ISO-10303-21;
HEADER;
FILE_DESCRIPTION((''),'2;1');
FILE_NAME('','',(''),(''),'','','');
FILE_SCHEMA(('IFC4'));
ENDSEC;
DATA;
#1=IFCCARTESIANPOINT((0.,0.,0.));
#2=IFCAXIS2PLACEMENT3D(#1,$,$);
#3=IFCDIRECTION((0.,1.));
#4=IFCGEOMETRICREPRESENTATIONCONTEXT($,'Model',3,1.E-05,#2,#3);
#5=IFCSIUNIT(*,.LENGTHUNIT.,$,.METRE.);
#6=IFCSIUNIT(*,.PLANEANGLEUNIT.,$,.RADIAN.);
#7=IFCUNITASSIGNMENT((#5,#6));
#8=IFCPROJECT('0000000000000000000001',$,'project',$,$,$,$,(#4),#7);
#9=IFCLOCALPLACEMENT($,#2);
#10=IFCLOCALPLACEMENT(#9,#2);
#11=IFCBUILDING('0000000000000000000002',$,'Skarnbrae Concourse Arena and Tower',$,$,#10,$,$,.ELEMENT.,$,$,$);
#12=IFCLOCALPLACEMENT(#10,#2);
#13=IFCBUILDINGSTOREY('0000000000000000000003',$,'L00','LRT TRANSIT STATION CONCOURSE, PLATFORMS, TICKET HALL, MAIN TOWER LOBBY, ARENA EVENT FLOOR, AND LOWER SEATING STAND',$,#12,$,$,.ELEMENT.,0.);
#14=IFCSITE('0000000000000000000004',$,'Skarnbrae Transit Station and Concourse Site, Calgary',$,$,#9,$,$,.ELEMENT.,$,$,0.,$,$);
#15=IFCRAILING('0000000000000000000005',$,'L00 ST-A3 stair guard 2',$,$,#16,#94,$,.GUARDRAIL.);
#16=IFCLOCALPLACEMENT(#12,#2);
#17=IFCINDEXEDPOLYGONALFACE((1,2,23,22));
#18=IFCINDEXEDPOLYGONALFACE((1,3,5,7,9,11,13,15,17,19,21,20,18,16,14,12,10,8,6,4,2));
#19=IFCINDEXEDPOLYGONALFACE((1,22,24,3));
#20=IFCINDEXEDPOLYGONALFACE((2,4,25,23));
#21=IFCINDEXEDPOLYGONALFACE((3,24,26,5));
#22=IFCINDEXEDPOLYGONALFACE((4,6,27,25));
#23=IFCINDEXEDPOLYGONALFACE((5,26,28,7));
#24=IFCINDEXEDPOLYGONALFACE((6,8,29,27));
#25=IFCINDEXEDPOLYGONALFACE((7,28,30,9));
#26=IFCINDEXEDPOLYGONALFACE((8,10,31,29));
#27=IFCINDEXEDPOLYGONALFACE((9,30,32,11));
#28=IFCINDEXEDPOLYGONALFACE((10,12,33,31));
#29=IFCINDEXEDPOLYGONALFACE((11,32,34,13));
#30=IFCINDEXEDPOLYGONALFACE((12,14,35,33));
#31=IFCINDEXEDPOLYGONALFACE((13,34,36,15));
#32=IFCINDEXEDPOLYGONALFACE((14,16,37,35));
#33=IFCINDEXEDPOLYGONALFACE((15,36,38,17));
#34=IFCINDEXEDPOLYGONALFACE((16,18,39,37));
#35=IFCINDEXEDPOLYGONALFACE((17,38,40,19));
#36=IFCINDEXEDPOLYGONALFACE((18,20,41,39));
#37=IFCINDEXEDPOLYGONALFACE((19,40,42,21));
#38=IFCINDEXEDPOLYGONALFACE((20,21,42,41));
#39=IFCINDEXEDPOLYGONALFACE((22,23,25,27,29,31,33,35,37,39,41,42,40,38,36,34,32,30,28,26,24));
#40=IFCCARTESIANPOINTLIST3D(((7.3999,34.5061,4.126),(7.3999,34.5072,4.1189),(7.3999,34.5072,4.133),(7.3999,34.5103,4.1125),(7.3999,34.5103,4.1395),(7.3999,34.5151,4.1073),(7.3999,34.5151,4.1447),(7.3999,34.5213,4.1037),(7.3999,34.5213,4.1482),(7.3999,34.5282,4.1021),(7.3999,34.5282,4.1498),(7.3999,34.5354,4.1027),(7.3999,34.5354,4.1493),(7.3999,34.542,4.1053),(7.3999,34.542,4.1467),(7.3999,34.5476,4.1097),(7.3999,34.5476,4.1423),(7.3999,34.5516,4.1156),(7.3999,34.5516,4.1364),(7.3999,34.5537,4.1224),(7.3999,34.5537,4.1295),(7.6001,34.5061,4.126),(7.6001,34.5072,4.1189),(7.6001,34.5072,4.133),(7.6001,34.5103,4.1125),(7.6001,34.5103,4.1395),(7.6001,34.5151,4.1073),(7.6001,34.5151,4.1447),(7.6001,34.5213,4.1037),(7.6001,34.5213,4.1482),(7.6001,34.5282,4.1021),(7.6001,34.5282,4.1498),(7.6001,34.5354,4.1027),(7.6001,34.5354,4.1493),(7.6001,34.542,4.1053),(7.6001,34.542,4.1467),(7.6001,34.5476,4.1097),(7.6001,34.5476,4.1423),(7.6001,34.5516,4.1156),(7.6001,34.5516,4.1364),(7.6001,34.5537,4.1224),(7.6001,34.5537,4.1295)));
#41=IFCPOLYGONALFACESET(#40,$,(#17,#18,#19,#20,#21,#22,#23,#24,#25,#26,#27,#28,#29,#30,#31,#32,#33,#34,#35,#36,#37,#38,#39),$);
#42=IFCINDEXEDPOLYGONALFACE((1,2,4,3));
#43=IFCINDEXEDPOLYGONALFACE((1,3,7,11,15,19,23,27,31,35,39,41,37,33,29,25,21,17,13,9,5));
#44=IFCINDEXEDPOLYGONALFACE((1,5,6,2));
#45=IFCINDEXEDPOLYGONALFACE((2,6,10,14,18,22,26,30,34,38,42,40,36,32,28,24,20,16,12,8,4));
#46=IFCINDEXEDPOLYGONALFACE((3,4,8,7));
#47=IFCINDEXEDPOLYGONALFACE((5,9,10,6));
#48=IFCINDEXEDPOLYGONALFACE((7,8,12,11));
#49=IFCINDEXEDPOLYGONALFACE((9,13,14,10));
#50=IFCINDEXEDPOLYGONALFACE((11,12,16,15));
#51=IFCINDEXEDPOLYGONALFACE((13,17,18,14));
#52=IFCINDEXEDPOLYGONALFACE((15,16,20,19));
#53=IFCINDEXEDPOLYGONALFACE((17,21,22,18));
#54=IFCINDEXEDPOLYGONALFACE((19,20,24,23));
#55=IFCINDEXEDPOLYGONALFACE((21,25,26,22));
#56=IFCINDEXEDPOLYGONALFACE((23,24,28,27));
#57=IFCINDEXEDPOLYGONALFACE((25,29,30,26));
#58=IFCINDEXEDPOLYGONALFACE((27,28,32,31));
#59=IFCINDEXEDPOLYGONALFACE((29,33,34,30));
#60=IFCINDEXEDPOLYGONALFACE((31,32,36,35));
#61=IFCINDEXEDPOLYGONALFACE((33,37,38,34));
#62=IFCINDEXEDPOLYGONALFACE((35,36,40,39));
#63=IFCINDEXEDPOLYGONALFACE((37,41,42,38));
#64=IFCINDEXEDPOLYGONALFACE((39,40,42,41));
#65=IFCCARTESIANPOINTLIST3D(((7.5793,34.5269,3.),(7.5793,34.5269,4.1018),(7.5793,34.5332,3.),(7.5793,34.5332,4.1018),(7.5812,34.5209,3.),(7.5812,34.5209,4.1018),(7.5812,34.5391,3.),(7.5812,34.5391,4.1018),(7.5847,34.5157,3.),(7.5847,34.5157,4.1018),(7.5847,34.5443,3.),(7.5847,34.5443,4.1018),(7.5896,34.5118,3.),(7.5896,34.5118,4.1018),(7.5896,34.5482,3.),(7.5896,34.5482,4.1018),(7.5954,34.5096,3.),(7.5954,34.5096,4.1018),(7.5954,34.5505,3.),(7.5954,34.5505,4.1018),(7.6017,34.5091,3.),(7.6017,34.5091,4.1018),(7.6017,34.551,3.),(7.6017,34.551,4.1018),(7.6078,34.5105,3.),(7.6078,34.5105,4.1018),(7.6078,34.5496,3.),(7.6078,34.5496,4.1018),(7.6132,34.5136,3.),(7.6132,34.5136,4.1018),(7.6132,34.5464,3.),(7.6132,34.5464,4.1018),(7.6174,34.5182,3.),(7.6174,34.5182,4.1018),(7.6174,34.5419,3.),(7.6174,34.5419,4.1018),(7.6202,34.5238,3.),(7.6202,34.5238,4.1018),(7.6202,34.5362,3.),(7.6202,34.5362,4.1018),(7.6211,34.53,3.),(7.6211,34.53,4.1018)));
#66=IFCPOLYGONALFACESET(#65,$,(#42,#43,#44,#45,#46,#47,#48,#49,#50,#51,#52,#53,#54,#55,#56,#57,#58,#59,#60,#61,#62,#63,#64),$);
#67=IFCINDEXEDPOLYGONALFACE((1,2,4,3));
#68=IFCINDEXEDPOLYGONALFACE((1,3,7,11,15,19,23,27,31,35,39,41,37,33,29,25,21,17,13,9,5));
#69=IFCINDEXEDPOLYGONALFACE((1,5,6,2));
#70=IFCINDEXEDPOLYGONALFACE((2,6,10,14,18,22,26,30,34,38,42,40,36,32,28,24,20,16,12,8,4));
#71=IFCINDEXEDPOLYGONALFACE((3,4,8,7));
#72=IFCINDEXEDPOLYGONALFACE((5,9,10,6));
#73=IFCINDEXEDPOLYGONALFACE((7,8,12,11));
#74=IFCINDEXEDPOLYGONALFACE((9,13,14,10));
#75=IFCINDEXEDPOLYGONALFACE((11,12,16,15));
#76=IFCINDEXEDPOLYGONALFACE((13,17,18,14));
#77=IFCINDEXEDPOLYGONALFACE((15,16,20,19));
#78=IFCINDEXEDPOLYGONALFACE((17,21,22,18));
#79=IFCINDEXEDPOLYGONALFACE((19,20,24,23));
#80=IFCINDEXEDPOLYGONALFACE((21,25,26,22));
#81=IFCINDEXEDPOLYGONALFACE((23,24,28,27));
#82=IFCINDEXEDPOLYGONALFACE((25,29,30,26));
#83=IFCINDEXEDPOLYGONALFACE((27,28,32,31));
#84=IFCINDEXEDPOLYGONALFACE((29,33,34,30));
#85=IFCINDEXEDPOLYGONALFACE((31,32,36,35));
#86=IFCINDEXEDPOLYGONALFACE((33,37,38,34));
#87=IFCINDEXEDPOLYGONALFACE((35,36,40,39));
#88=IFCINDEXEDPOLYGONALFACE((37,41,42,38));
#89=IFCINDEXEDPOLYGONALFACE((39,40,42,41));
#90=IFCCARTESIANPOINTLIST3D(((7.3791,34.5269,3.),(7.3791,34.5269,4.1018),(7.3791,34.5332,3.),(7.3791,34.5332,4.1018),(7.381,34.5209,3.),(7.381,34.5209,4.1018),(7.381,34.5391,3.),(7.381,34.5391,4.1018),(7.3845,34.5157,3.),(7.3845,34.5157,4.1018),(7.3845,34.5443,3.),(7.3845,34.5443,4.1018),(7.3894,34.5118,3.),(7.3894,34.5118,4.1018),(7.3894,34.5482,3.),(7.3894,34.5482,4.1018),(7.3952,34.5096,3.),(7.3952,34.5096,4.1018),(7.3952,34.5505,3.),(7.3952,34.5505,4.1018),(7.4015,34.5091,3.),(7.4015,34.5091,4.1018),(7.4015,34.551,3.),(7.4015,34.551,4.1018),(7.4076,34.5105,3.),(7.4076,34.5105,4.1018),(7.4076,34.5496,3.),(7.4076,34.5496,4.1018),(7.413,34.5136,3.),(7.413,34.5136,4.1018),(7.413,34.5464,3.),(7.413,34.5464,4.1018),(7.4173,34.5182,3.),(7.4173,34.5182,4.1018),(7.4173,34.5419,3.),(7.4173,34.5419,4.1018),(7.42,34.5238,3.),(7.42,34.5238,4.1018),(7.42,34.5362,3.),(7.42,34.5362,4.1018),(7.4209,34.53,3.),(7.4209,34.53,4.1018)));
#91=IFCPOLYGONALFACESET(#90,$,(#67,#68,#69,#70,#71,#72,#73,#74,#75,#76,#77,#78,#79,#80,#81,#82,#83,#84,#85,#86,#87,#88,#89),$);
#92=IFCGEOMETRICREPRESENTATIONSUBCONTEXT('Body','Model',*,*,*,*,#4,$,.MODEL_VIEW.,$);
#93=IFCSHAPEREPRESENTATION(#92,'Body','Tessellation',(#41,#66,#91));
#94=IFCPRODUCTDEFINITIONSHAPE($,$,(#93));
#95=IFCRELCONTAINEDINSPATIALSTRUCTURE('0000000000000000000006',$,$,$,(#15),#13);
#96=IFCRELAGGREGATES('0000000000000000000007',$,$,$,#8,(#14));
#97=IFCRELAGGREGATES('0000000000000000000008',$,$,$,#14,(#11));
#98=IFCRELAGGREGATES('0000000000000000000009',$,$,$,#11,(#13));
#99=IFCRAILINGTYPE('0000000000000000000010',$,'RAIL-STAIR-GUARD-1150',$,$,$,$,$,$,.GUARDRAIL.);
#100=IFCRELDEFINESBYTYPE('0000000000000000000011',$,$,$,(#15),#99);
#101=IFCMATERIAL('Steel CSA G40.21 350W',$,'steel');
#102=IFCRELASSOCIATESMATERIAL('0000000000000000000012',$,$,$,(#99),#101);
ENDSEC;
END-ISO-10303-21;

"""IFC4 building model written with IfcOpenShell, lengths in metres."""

from ifc_helpers import new_model, si_unit, direction, frame, origin, origin_2d, place, context, subcontext, project, spatial, circle, extrude, material, type_object, element, save


model = new_model("IFC4")

# Units and contexts
model_context = context("Model", 3, precision=1e-05, world=origin(), true_north=direction((0.0, 1.0)))
body_context = subcontext(model_context, "Body", "Model", "MODEL_VIEW")
ifc_project = project(units=[si_unit("LENGTHUNIT", "METRE"), si_unit("PLANEANGLEUNIT", "RADIAN")], contexts=[model_context])

# Site, building, storey
site_placement = place(None, origin())
site = spatial("IfcSite", under=ifc_project, at=site_placement, Name="Skarnbrae Transit Station and Concourse Site, Calgary", CompositionType="ELEMENT", RefElevation=0.0)
building_placement = place(site_placement, origin())
building = spatial("IfcBuilding", under=site, at=building_placement, Name="Skarnbrae Concourse Arena and Tower", CompositionType="ELEMENT")
storey_placement = place(building_placement, origin())
storey = spatial("IfcBuildingStorey", under=building, at=storey_placement, Name="L00", Description="LRT TRANSIT STATION CONCOURSE, PLATFORMS, TICKET HALL, MAIN TOWER LOBBY, ARENA EVENT FLOOR, AND LOWER SEATING STAND", CompositionType="ELEMENT", Elevation=0.0)

# Shared definitions
ifc_material_1 = material(Name="Steel CSA G40.21 350W", Category="steel")

# Railing
railing_type_1 = type_object("IfcRailingType", Name="RAIL-STAIR-GUARD-1150", PredefinedType="GUARDRAIL", material=ifc_material_1)
railing_1_placement = place(storey_placement, frame((7.6001, 34.53, 3.0)))
element("IfcRailing", 1, at=railing_1_placement, inside=storey, type_object=railing_type_1, Name="L00 ST-A3 stair guard 2", PredefinedType="GUARDRAIL", context=body_context, shape_type="SweptSolid", body=[
    extrude(circle(Radius=0.0239, at=origin_2d()), frame((0.0, 0.0, 1.126), z_axis=(-1.0, 0.0, 0.0), x_axis=(0.0, -1.0, 0.0)), (0.0, 0.0, 1.0), 0.2002),
    extrude(circle(Radius=0.021, at=origin_2d()), origin(), (0.0, 0.0, 1.0), 1.1018),
    extrude(circle(Radius=0.021, at=origin_2d()), frame((-0.2002, 0.0, 0.0)), (0.0, 0.0, 1.0), 1.1018),
])

save(model, "model.ifc")
